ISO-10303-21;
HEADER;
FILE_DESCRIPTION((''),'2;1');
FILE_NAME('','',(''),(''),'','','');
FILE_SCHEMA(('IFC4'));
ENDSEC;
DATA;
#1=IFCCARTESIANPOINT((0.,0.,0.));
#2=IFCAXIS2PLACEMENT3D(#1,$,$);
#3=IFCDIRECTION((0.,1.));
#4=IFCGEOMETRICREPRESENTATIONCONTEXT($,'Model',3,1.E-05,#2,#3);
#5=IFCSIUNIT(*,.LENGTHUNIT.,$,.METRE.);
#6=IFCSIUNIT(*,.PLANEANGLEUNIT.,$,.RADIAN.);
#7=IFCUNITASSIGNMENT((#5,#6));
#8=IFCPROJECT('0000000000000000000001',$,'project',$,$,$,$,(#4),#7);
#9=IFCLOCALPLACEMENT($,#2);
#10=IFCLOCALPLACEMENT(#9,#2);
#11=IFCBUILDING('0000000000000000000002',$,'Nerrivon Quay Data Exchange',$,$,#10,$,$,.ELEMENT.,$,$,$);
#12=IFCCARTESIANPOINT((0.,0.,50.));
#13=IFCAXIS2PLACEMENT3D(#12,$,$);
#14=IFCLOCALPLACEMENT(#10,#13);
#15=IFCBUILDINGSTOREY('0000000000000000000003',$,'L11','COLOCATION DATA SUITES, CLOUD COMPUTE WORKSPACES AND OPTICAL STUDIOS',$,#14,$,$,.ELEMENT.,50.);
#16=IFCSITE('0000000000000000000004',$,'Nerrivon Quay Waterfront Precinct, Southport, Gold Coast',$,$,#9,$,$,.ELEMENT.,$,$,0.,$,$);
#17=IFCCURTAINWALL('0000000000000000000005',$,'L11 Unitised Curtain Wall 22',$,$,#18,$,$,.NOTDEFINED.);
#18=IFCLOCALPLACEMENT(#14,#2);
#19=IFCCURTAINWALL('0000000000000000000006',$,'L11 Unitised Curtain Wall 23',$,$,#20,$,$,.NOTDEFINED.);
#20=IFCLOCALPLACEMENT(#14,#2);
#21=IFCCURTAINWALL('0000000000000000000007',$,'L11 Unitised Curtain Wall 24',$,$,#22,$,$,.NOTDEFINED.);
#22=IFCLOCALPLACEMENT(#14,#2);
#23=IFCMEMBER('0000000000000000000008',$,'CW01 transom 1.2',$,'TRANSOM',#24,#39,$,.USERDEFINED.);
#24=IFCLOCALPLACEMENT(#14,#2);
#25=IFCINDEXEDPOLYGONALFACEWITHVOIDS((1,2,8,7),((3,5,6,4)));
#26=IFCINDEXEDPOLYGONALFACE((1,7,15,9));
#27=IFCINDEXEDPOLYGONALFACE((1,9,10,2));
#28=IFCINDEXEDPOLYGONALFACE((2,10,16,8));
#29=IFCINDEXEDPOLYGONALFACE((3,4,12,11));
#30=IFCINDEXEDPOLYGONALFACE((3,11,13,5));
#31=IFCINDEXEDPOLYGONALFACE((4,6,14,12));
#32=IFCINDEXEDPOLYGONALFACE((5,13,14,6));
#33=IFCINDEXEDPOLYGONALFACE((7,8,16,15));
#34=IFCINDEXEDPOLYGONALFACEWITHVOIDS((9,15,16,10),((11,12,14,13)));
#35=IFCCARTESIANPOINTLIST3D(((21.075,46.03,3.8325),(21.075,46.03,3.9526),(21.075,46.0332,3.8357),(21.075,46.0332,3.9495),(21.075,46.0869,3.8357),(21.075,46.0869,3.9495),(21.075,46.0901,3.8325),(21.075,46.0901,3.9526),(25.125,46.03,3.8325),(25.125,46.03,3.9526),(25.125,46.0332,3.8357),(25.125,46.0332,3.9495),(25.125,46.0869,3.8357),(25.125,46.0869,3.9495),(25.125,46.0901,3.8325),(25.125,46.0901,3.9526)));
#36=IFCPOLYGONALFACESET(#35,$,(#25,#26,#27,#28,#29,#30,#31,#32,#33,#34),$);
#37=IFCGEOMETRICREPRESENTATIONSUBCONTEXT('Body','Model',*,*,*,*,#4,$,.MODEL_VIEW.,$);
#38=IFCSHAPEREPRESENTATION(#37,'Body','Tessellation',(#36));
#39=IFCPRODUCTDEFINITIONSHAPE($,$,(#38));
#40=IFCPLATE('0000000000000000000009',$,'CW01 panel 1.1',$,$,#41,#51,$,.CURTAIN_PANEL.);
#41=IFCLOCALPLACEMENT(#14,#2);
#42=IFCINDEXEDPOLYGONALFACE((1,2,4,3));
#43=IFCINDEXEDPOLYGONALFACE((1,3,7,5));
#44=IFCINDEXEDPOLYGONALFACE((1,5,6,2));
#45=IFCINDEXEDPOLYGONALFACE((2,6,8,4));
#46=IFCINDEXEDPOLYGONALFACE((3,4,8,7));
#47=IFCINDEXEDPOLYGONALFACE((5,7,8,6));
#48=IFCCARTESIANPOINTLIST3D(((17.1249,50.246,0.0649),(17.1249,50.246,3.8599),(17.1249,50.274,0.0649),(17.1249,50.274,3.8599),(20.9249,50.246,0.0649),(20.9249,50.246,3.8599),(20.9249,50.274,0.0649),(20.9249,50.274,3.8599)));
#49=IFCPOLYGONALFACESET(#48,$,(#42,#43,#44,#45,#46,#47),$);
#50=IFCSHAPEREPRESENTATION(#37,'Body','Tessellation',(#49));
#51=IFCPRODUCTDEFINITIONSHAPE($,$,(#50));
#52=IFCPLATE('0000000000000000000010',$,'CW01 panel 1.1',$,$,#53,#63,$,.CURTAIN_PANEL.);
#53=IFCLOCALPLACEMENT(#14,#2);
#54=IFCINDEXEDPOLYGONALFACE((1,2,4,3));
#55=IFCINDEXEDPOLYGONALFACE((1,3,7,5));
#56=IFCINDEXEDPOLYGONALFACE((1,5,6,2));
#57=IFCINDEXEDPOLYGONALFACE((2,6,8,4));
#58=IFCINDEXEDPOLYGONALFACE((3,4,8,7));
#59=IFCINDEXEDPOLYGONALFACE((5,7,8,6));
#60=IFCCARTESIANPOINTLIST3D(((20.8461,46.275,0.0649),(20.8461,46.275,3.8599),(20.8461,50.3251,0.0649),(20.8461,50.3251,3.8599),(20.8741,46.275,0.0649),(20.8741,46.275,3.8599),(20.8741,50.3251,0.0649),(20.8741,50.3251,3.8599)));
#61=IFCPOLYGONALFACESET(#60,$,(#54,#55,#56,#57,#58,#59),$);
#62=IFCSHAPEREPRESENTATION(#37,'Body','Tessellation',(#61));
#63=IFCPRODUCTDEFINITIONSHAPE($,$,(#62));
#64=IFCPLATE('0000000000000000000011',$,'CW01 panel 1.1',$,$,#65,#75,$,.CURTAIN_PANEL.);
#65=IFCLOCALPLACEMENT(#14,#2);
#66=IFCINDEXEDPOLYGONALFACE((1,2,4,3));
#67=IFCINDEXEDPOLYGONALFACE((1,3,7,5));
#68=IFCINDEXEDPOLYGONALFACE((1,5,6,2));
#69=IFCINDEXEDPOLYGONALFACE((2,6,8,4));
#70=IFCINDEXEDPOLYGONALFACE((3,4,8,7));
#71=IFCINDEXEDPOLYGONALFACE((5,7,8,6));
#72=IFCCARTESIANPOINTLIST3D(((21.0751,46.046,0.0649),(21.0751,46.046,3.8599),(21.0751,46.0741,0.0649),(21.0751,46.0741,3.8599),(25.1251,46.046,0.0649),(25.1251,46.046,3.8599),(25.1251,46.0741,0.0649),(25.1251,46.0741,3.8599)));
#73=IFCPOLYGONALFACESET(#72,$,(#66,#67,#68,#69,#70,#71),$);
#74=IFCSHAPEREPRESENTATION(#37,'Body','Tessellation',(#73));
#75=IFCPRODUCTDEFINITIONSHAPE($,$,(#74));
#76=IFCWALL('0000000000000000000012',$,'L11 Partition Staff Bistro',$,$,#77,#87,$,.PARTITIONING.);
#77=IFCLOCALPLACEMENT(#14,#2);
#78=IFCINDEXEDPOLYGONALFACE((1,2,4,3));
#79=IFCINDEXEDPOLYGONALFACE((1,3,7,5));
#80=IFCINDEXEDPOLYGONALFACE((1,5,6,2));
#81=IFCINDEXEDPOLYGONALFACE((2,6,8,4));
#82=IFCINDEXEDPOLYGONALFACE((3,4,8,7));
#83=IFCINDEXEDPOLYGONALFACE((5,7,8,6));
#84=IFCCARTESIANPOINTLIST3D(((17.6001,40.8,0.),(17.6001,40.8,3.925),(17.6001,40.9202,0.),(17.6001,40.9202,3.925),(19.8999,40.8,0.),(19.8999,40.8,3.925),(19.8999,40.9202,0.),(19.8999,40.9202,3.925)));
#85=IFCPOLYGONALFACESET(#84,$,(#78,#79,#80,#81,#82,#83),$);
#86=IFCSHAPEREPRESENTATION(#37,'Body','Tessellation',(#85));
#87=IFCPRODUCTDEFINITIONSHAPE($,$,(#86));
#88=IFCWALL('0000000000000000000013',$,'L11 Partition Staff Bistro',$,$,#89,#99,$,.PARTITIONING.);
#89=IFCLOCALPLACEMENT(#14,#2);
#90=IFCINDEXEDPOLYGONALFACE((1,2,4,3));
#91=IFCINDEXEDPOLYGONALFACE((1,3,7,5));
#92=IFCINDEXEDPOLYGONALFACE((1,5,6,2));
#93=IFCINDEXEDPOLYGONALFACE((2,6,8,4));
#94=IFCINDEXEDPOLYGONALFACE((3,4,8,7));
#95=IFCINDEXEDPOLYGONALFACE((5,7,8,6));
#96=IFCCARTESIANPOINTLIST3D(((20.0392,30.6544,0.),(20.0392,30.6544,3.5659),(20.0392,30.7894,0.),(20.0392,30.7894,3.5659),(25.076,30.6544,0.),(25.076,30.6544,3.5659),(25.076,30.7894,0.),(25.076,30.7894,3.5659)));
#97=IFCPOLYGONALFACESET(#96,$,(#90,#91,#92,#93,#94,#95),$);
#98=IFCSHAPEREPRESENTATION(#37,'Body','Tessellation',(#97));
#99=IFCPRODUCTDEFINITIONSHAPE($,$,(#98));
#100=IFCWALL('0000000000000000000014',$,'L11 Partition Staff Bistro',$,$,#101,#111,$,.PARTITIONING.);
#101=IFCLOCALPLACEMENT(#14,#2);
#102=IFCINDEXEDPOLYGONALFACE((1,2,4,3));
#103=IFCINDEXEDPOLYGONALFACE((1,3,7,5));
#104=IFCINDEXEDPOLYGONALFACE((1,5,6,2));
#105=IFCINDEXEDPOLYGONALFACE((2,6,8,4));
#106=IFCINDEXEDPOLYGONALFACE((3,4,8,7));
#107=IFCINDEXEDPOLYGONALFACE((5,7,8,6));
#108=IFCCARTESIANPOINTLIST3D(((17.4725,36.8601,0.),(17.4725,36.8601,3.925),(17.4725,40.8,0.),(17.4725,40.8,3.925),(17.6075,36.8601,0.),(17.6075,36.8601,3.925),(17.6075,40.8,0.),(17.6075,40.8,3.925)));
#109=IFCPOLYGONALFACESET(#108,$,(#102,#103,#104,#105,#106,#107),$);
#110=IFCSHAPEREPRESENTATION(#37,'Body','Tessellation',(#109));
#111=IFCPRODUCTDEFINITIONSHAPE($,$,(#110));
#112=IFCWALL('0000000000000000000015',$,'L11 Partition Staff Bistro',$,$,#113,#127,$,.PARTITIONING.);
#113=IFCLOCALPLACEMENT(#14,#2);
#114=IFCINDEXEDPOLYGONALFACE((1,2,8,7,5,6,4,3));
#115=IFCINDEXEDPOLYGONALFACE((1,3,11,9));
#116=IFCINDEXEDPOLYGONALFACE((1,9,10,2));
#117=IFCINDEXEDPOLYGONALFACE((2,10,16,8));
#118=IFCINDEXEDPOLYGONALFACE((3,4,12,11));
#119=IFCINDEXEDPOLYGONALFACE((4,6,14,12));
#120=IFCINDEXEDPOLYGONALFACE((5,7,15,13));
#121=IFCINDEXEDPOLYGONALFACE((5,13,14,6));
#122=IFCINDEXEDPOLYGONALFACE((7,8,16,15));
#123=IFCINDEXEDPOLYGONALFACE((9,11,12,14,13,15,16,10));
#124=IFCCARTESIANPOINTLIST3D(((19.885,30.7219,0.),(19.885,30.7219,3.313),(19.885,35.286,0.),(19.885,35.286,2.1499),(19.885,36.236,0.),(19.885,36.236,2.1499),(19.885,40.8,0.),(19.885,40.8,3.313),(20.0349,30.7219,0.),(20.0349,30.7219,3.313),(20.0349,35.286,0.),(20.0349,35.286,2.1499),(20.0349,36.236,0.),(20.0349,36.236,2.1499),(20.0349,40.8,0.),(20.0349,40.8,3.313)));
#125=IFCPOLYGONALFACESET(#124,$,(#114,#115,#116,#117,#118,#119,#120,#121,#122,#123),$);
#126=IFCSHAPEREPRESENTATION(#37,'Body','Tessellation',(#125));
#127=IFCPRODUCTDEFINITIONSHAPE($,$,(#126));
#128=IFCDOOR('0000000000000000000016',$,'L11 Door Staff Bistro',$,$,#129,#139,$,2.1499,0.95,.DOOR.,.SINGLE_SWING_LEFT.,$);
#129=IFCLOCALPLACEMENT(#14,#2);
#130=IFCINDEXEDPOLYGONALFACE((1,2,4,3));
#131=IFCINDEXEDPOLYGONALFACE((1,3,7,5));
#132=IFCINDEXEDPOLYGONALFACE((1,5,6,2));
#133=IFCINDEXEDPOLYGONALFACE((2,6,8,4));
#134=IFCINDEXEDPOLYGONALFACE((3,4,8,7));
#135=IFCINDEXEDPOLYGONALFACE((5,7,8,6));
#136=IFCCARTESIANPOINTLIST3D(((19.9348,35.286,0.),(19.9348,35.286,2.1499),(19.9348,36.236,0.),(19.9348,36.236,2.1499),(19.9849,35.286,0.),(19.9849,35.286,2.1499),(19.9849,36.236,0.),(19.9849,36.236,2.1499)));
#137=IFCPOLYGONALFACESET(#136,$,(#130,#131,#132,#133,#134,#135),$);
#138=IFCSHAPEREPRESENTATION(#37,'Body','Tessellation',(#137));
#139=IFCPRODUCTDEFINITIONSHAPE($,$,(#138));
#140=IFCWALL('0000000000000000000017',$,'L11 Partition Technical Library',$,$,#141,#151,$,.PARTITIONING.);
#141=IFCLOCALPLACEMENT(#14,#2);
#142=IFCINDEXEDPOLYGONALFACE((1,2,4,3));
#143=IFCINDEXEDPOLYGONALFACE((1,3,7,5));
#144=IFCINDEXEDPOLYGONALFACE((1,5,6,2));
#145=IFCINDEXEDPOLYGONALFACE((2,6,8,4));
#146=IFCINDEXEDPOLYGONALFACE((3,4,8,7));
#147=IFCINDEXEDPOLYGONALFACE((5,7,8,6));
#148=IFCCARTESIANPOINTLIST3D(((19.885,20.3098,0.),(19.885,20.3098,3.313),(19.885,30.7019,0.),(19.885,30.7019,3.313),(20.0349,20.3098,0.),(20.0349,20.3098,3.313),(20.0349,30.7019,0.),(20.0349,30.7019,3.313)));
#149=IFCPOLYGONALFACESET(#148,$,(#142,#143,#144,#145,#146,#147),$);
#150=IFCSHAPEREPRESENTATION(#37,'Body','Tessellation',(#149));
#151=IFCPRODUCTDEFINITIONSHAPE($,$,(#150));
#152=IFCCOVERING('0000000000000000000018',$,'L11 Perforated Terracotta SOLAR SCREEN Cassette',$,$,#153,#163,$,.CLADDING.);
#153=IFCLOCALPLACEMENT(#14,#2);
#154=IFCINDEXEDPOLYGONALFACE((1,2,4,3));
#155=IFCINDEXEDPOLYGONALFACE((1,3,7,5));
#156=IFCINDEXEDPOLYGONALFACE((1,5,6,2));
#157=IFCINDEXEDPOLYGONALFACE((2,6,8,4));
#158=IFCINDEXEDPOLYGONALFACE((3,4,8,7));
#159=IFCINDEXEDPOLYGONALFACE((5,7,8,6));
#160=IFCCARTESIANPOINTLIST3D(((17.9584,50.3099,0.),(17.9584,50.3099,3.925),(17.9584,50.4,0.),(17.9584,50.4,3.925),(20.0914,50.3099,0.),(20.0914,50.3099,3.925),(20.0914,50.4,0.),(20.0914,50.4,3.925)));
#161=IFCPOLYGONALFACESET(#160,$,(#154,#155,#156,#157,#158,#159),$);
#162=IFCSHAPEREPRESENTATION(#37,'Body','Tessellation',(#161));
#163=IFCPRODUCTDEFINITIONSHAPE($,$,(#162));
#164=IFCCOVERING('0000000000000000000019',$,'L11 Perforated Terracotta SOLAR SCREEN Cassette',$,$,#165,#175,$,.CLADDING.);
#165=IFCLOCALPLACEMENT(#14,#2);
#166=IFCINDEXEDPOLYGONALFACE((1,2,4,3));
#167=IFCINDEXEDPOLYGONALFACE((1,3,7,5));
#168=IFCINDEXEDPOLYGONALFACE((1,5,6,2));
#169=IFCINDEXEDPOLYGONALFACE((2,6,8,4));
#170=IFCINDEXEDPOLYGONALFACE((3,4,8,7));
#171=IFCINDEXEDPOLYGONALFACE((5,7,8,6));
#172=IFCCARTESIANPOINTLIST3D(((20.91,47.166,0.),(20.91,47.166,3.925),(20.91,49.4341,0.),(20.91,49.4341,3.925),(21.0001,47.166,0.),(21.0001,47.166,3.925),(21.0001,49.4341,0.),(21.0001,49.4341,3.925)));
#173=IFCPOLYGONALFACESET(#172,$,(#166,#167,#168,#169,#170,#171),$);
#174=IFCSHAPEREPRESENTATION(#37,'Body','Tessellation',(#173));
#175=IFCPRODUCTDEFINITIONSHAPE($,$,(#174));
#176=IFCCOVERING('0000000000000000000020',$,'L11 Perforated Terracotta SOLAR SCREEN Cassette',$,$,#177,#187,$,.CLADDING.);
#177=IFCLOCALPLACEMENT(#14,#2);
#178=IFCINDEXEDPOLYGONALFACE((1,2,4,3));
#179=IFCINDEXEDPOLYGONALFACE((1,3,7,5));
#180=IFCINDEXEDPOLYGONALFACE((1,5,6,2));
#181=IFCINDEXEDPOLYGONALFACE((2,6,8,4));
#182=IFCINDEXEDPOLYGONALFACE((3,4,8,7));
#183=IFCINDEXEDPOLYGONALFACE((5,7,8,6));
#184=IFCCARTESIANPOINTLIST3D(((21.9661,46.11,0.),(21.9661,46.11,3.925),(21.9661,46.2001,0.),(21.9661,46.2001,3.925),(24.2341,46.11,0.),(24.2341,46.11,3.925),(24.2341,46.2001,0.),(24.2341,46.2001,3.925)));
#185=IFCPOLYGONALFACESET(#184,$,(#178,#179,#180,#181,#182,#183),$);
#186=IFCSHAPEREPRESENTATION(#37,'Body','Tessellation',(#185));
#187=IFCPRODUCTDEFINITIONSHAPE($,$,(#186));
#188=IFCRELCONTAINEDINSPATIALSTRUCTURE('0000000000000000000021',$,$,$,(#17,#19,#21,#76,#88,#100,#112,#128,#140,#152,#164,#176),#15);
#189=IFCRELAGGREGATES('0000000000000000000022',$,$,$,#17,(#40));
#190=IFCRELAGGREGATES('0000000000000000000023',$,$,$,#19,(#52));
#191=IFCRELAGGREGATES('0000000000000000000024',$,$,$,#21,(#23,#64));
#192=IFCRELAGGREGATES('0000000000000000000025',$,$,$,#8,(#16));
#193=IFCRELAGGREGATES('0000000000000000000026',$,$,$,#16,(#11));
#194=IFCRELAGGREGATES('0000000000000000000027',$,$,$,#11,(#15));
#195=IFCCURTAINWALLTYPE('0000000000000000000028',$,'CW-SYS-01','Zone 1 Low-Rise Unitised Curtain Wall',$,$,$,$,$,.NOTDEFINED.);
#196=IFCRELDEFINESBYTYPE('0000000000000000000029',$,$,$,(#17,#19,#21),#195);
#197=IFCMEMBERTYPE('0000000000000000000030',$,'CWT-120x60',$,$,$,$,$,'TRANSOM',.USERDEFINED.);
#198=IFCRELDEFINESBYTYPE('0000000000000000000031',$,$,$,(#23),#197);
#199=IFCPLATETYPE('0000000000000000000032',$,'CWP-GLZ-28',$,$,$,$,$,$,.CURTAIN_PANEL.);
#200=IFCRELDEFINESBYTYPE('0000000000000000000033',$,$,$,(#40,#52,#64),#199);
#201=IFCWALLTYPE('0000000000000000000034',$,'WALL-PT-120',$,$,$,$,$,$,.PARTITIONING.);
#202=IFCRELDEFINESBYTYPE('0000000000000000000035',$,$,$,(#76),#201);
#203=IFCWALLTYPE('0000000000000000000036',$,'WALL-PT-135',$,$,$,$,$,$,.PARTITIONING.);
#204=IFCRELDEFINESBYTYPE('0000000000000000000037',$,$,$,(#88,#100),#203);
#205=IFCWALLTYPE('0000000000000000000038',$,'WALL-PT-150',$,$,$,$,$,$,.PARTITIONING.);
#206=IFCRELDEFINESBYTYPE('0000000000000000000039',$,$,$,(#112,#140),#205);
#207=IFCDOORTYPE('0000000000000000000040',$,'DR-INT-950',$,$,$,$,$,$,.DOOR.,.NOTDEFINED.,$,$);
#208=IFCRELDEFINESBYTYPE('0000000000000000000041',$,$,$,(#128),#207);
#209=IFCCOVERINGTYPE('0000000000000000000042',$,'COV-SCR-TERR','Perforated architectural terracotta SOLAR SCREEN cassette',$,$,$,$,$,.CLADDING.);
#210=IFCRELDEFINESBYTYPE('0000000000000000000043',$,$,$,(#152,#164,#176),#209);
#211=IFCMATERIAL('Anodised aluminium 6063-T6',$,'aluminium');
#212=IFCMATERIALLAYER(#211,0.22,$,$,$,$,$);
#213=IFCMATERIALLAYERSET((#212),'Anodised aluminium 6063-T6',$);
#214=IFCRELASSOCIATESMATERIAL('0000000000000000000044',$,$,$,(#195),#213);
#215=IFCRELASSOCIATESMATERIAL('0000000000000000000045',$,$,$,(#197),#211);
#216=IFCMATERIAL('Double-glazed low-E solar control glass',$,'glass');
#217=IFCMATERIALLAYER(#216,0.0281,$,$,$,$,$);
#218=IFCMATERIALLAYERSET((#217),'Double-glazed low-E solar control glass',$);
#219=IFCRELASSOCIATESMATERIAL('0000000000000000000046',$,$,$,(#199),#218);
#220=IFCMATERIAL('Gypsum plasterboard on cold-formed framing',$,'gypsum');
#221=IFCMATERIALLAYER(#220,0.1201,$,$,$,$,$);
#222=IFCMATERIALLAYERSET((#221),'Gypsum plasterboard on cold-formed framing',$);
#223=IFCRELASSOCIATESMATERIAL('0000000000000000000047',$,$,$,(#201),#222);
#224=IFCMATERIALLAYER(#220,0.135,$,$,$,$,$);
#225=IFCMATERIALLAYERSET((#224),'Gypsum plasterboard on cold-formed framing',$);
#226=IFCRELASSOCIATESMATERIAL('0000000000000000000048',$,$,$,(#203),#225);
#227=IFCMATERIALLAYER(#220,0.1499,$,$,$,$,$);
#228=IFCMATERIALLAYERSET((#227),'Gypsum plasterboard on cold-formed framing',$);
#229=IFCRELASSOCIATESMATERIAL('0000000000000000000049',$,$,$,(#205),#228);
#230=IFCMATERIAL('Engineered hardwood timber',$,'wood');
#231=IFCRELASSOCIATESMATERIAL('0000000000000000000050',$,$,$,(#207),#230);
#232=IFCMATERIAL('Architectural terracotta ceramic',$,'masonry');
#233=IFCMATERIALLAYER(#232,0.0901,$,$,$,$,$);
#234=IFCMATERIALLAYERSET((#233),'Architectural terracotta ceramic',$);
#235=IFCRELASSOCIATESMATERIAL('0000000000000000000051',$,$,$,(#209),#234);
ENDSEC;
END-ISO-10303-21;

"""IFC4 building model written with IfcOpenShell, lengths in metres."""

from ifc_helpers import new_model, si_unit, direction, frame, frame_2d, origin, origin_2d, place, context, subcontext, project, spatial, rectangle, hollow_rectangle, extrude, material, layer, layer_set, material_profile, profile_set, type_object, element, fill, aggregate, save


model = new_model("IFC4")

# Units and contexts
model_context = context("Model", 3, precision=1e-05, world=origin(), true_north=direction((0.0, 1.0)))
body_context = subcontext(model_context, "Body", "Model", "MODEL_VIEW")
ifc_project = project(units=[si_unit("LENGTHUNIT", "METRE"), si_unit("PLANEANGLEUNIT", "RADIAN")], contexts=[model_context])

# Site, building, storey
site_placement = place(None, origin())
site = spatial("IfcSite", under=ifc_project, at=site_placement, Name="Nerrivon Quay Waterfront Precinct, Southport, Gold Coast", CompositionType="ELEMENT", RefElevation=0.0)
building_placement = place(site_placement, origin())
building = spatial("IfcBuilding", under=site, at=building_placement, Name="Nerrivon Quay Data Exchange", CompositionType="ELEMENT")
storey_placement = place(building_placement, frame((0.0, 0.0, 50.0)))
storey = spatial("IfcBuildingStorey", under=building, at=storey_placement, Name="L11", Description="COLOCATION DATA SUITES, CLOUD COMPUTE WORKSPACES AND OPTICAL STUDIOS", CompositionType="ELEMENT", Elevation=50.0)

# Curtain wall
ifc_material_1 = material(Name="Anodised aluminium 6063-T6", Category="aluminium")
ifc_layer_1 = layer(ifc_material_1, 0.22)
ifc_layer_set_1 = layer_set([ifc_layer_1], Name="Anodised aluminium 6063-T6")
curtain_wall_type = type_object("IfcCurtainWallType", Name="CW-SYS-01", Description="Zone 1 Low-Rise Unitised Curtain Wall", PredefinedType="NOTDEFINED", material=ifc_layer_set_1)
curtain_wall_1_placement = place(storey_placement, origin())
curtain_wall_1 = element("IfcCurtainWall", 1, at=curtain_wall_1_placement, inside=storey, type_object=curtain_wall_type, Name="L11 Unitised Curtain Wall 22", PredefinedType="NOTDEFINED")

# Curtain wall
curtain_wall_2_placement = place(storey_placement, origin())
curtain_wall_2 = element("IfcCurtainWall", 2, at=curtain_wall_2_placement, inside=storey, type_object=curtain_wall_type, Name="L11 Unitised Curtain Wall 23", PredefinedType="NOTDEFINED")

# Curtain wall
curtain_wall_3_placement = place(storey_placement, origin())
curtain_wall_3 = element("IfcCurtainWall", 3, at=curtain_wall_3_placement, inside=storey, type_object=curtain_wall_type, Name="L11 Unitised Curtain Wall 24", PredefinedType="NOTDEFINED")

# Member
ifc_material_profile_1 = material_profile(ifc_material_1, hollow_rectangle(XDim=0.0601, YDim=0.1201, WallThickness=0.0032, at=origin_2d()), Name="ALU-TRAN-120x60")
ifc_profile_set_1 = profile_set([ifc_material_profile_1], Name="Anodised aluminium 6063-T6")
member_type_1 = type_object("IfcMemberType", Name="CWT-120x60", ElementType="TRANSOM", PredefinedType="USERDEFINED", material=ifc_profile_set_1)
member_1_placement = place(storey_placement, frame((21.075, 46.0601, 3.8926), z_axis=(1.0, 0.0, 0.0), x_axis=(0.0, 1.0, 0.0)))
member_1 = element("IfcMember", 4, at=member_1_placement, type_object=member_type_1, Name="CW01 transom 1.2", ObjectType="TRANSOM", PredefinedType="USERDEFINED", context=body_context, shape_type="SweptSolid", body=[
    extrude(hollow_rectangle(XDim=0.0601, YDim=0.1201, WallThickness=0.0032, at=origin_2d()), origin(), (0.0, 0.0, 1.0), 4.05),
])

# Plates
ifc_material_2 = material(Name="Double-glazed low-E solar control glass", Category="glass")
ifc_layer_2 = layer(ifc_material_2, 0.0281)
ifc_layer_set_2 = layer_set([ifc_layer_2], Name="Double-glazed low-E solar control glass")
plate_type = type_object("IfcPlateType", Name="CWP-GLZ-28", PredefinedType="CURTAIN_PANEL", material=ifc_layer_set_2)
plate_1_placement = place(storey_placement, frame((19.0249, 50.26, 0.0649), z_axis=(0.0, 0.0, 1.0), x_axis=(1.0, 0.0, 0.0)))
plate_1 = element("IfcPlate", 5, at=plate_1_placement, type_object=plate_type, Name="CW01 panel 1.1", PredefinedType="CURTAIN_PANEL", context=body_context, shape_type="SweptSolid", body=[
    extrude(rectangle(XDim=3.8, YDim=0.0281, at=origin_2d()), origin(), (0.0, 0.0, 1.0), 3.7949),
])
aggregate(curtain_wall_1, [plate_1])
plate_2_placement = place(storey_placement, frame((20.8601, 48.3, 0.0649), z_axis=(0.0, 0.0, 1.0), x_axis=(0.0, -1.0, 0.0)))
plate_2 = element("IfcPlate", 6, at=plate_2_placement, type_object=plate_type, Name="CW01 panel 1.1", PredefinedType="CURTAIN_PANEL", context=body_context, shape_type="SweptSolid", body=[
    extrude(rectangle(XDim=4.05, YDim=0.0281, at=origin_2d()), origin(), (0.0, 0.0, 1.0), 3.7949),
])
aggregate(curtain_wall_2, [plate_2])
plate_3_placement = place(storey_placement, frame((23.1001, 46.0601, 0.0649), z_axis=(0.0, 0.0, 1.0), x_axis=(1.0, 0.0, 0.0)))
plate_3 = element("IfcPlate", 7, at=plate_3_placement, type_object=plate_type, Name="CW01 panel 1.1", PredefinedType="CURTAIN_PANEL", context=body_context, shape_type="SweptSolid", body=[
    extrude(rectangle(XDim=4.05, YDim=0.0281, at=origin_2d()), origin(), (0.0, 0.0, 1.0), 3.7949),
])
aggregate(curtain_wall_3, [member_1, plate_3])

# Walls
ifc_material_3 = material(Name="Gypsum plasterboard on cold-formed framing", Category="gypsum")
ifc_layer_3 = layer(ifc_material_3, 0.1201)
ifc_layer_set_3 = layer_set([ifc_layer_3], Name="Gypsum plasterboard on cold-formed framing")
wall_type_1 = type_object("IfcWallType", Name="WALL-PT-120", PredefinedType="PARTITIONING", material=ifc_layer_set_3)
wall_1_placement = place(storey_placement, frame((17.6001, 40.8601, 0.0), z_axis=(0.0, 0.0, 1.0), x_axis=(1.0, 0.0, 0.0)))
element("IfcWall", 8, at=wall_1_placement, inside=storey, type_object=wall_type_1, Name="L11 Partition Staff Bistro", PredefinedType="PARTITIONING", context=body_context, shape_type="SweptSolid", body=[
    extrude(rectangle(XDim=2.2998, YDim=0.1201, at=frame_2d((1.1499, 0.0))), origin(), (0.0, 0.0, 1.0), 3.925),
])
ifc_layer_4 = layer(ifc_material_3, 0.135)
ifc_layer_set_4 = layer_set([ifc_layer_4], Name="Gypsum plasterboard on cold-formed framing")
wall_type_2 = type_object("IfcWallType", Name="WALL-PT-135", PredefinedType="PARTITIONING", material=ifc_layer_set_4)
wall_2_placement = place(storey_placement, frame((20.0391, 30.7219, 0.0), z_axis=(0.0, 0.0, 1.0), x_axis=(1.0, 0.0, 0.0)))
element("IfcWall", 9, at=wall_2_placement, inside=storey, type_object=wall_type_2, Name="L11 Partition Staff Bistro", PredefinedType="PARTITIONING", context=body_context, shape_type="SweptSolid", body=[
    extrude(rectangle(XDim=5.0369, YDim=0.135, at=frame_2d((2.5186, 0.0))), origin(), (0.0, 0.0, 1.0), 3.5659),
])
wall_3_placement = place(storey_placement, frame((17.54, 36.8601, 0.0), z_axis=(0.0, 0.0, 1.0), x_axis=(0.0, 1.0, 0.0)))
element("IfcWall", 10, at=wall_3_placement, inside=storey, type_object=wall_type_2, Name="L11 Partition Staff Bistro", PredefinedType="PARTITIONING", context=body_context, shape_type="SweptSolid", body=[
    extrude(rectangle(XDim=3.9399, YDim=0.135, at=frame_2d((1.97, 0.0))), origin(), (0.0, 0.0, 1.0), 3.925),
])

# Wall, opening, door
ifc_layer_5 = layer(ifc_material_3, 0.1499)
ifc_layer_set_5 = layer_set([ifc_layer_5], Name="Gypsum plasterboard on cold-formed framing")
wall_type_3 = type_object("IfcWallType", Name="WALL-PT-150", PredefinedType="PARTITIONING", material=ifc_layer_set_5)
wall_4_placement = place(storey_placement, frame((19.96, 40.8, 0.0), z_axis=(0.0, 0.0, 1.0), x_axis=(0.0, -1.0, 0.0)))
wall_4 = element("IfcWall", 11, at=wall_4_placement, inside=storey, type_object=wall_type_3, Name="L11 Partition Staff Bistro", PredefinedType="PARTITIONING", context=body_context, shape_type="SweptSolid", body=[
    extrude(rectangle(XDim=10.0781, YDim=0.1499, at=frame_2d((5.0391, 0.0))), origin(), (0.0, 0.0, 1.0), 3.313),
])
opening_placement = place(wall_4_placement, frame((4.564, 0.0, 0.0)))
opening = element("IfcOpeningElement", 12, at=opening_placement, cuts=wall_4, PredefinedType="OPENING", context=body_context, shape_type="SweptSolid", body=[
    extrude(rectangle(XDim=0.95, YDim=2.1499, at=frame_2d((0.4751, 1.075))), frame((0.0, 0.085, 0.0), z_axis=(0.0, -1.0, 0.0), x_axis=(1.0, 0.0, 0.0)), (0.0, 0.0, 1.0), 0.1699),
])
ifc_material_4 = material(Name="Engineered hardwood timber", Category="wood")
door_type = type_object("IfcDoorType", Name="DR-INT-950", OperationType="NOTDEFINED", PredefinedType="DOOR", material=ifc_material_4)
door_placement = place(opening_placement, origin())
door = element("IfcDoor", 13, at=door_placement, inside=storey, type_object=door_type, Name="L11 Door Staff Bistro", OperationType="SINGLE_SWING_LEFT", OverallHeight=2.1499, OverallWidth=0.95, PredefinedType="DOOR", context=body_context, shape_type="SweptSolid", body=[
    extrude(rectangle(XDim=0.95, YDim=2.1499, at=frame_2d((0.4751, 1.075))), frame((0.0, 0.0249, 0.0), z_axis=(0.0, -1.0, 0.0), x_axis=(1.0, 0.0, 0.0)), (0.0, 0.0, 1.0), 0.05),
])
fill(opening, door)

# Wall
wall_5_placement = place(storey_placement, frame((19.96, 30.7019, 0.0), z_axis=(0.0, 0.0, 1.0), x_axis=(0.0, -1.0, 0.0)))
element("IfcWall", 14, at=wall_5_placement, inside=storey, type_object=wall_type_3, Name="L11 Partition Technical Library", PredefinedType="PARTITIONING", context=body_context, shape_type="SweptSolid", body=[
    extrude(rectangle(XDim=10.3921, YDim=0.1499, at=frame_2d((5.196, 0.0))), origin(), (0.0, 0.0, 1.0), 3.313),
])

# Coverings
ifc_material_5 = material(Name="Architectural terracotta ceramic", Category="masonry")
ifc_layer_6 = layer(ifc_material_5, 0.0901)
ifc_layer_set_6 = layer_set([ifc_layer_6], Name="Architectural terracotta ceramic")
covering_type = type_object("IfcCoveringType", Name="COV-SCR-TERR", Description="Perforated architectural terracotta SOLAR SCREEN cassette", PredefinedType="CLADDING", material=ifc_layer_set_6)
covering_placement = place(storey_placement, frame((19.0249, 50.355, 0.0), z_axis=(0.0, 0.0, 1.0), x_axis=(1.0, 0.0, 0.0)))
element("IfcCovering", 15, at=covering_placement, inside=storey, type_object=covering_type, Name="L11 Perforated Terracotta SOLAR SCREEN Cassette", PredefinedType="CLADDING", context=body_context, shape_type="SweptSolid", body=[
    extrude(rectangle(XDim=2.1331, YDim=0.0901, at=origin_2d()), origin(), (0.0, 0.0, 1.0), 3.925),
])
for number, where, z_axis, x_axis, name in (
    (16, (20.9551, 48.3, 0.0), (0.0, 0.0, 1.0), (0.0, -1.0, 0.0), "L11 Perforated Terracotta SOLAR SCREEN Cassette"),
    (17, (23.1001, 46.155, 0.0), (0.0, 0.0, 1.0), (1.0, 0.0, 0.0), "L11 Perforated Terracotta SOLAR SCREEN Cassette"),
):
    element("IfcCovering", number, at=place(storey_placement, frame(where, z_axis=z_axis, x_axis=x_axis)), inside=storey, type_object=covering_type, Name=name, PredefinedType="CLADDING", context=body_context, shape_type="SweptSolid", body=[
        extrude(rectangle(XDim=2.2681, YDim=0.0901, at=origin_2d()), origin(), (0.0, 0.0, 1.0), 3.925),
    ])

save(model, "model.ifc")
